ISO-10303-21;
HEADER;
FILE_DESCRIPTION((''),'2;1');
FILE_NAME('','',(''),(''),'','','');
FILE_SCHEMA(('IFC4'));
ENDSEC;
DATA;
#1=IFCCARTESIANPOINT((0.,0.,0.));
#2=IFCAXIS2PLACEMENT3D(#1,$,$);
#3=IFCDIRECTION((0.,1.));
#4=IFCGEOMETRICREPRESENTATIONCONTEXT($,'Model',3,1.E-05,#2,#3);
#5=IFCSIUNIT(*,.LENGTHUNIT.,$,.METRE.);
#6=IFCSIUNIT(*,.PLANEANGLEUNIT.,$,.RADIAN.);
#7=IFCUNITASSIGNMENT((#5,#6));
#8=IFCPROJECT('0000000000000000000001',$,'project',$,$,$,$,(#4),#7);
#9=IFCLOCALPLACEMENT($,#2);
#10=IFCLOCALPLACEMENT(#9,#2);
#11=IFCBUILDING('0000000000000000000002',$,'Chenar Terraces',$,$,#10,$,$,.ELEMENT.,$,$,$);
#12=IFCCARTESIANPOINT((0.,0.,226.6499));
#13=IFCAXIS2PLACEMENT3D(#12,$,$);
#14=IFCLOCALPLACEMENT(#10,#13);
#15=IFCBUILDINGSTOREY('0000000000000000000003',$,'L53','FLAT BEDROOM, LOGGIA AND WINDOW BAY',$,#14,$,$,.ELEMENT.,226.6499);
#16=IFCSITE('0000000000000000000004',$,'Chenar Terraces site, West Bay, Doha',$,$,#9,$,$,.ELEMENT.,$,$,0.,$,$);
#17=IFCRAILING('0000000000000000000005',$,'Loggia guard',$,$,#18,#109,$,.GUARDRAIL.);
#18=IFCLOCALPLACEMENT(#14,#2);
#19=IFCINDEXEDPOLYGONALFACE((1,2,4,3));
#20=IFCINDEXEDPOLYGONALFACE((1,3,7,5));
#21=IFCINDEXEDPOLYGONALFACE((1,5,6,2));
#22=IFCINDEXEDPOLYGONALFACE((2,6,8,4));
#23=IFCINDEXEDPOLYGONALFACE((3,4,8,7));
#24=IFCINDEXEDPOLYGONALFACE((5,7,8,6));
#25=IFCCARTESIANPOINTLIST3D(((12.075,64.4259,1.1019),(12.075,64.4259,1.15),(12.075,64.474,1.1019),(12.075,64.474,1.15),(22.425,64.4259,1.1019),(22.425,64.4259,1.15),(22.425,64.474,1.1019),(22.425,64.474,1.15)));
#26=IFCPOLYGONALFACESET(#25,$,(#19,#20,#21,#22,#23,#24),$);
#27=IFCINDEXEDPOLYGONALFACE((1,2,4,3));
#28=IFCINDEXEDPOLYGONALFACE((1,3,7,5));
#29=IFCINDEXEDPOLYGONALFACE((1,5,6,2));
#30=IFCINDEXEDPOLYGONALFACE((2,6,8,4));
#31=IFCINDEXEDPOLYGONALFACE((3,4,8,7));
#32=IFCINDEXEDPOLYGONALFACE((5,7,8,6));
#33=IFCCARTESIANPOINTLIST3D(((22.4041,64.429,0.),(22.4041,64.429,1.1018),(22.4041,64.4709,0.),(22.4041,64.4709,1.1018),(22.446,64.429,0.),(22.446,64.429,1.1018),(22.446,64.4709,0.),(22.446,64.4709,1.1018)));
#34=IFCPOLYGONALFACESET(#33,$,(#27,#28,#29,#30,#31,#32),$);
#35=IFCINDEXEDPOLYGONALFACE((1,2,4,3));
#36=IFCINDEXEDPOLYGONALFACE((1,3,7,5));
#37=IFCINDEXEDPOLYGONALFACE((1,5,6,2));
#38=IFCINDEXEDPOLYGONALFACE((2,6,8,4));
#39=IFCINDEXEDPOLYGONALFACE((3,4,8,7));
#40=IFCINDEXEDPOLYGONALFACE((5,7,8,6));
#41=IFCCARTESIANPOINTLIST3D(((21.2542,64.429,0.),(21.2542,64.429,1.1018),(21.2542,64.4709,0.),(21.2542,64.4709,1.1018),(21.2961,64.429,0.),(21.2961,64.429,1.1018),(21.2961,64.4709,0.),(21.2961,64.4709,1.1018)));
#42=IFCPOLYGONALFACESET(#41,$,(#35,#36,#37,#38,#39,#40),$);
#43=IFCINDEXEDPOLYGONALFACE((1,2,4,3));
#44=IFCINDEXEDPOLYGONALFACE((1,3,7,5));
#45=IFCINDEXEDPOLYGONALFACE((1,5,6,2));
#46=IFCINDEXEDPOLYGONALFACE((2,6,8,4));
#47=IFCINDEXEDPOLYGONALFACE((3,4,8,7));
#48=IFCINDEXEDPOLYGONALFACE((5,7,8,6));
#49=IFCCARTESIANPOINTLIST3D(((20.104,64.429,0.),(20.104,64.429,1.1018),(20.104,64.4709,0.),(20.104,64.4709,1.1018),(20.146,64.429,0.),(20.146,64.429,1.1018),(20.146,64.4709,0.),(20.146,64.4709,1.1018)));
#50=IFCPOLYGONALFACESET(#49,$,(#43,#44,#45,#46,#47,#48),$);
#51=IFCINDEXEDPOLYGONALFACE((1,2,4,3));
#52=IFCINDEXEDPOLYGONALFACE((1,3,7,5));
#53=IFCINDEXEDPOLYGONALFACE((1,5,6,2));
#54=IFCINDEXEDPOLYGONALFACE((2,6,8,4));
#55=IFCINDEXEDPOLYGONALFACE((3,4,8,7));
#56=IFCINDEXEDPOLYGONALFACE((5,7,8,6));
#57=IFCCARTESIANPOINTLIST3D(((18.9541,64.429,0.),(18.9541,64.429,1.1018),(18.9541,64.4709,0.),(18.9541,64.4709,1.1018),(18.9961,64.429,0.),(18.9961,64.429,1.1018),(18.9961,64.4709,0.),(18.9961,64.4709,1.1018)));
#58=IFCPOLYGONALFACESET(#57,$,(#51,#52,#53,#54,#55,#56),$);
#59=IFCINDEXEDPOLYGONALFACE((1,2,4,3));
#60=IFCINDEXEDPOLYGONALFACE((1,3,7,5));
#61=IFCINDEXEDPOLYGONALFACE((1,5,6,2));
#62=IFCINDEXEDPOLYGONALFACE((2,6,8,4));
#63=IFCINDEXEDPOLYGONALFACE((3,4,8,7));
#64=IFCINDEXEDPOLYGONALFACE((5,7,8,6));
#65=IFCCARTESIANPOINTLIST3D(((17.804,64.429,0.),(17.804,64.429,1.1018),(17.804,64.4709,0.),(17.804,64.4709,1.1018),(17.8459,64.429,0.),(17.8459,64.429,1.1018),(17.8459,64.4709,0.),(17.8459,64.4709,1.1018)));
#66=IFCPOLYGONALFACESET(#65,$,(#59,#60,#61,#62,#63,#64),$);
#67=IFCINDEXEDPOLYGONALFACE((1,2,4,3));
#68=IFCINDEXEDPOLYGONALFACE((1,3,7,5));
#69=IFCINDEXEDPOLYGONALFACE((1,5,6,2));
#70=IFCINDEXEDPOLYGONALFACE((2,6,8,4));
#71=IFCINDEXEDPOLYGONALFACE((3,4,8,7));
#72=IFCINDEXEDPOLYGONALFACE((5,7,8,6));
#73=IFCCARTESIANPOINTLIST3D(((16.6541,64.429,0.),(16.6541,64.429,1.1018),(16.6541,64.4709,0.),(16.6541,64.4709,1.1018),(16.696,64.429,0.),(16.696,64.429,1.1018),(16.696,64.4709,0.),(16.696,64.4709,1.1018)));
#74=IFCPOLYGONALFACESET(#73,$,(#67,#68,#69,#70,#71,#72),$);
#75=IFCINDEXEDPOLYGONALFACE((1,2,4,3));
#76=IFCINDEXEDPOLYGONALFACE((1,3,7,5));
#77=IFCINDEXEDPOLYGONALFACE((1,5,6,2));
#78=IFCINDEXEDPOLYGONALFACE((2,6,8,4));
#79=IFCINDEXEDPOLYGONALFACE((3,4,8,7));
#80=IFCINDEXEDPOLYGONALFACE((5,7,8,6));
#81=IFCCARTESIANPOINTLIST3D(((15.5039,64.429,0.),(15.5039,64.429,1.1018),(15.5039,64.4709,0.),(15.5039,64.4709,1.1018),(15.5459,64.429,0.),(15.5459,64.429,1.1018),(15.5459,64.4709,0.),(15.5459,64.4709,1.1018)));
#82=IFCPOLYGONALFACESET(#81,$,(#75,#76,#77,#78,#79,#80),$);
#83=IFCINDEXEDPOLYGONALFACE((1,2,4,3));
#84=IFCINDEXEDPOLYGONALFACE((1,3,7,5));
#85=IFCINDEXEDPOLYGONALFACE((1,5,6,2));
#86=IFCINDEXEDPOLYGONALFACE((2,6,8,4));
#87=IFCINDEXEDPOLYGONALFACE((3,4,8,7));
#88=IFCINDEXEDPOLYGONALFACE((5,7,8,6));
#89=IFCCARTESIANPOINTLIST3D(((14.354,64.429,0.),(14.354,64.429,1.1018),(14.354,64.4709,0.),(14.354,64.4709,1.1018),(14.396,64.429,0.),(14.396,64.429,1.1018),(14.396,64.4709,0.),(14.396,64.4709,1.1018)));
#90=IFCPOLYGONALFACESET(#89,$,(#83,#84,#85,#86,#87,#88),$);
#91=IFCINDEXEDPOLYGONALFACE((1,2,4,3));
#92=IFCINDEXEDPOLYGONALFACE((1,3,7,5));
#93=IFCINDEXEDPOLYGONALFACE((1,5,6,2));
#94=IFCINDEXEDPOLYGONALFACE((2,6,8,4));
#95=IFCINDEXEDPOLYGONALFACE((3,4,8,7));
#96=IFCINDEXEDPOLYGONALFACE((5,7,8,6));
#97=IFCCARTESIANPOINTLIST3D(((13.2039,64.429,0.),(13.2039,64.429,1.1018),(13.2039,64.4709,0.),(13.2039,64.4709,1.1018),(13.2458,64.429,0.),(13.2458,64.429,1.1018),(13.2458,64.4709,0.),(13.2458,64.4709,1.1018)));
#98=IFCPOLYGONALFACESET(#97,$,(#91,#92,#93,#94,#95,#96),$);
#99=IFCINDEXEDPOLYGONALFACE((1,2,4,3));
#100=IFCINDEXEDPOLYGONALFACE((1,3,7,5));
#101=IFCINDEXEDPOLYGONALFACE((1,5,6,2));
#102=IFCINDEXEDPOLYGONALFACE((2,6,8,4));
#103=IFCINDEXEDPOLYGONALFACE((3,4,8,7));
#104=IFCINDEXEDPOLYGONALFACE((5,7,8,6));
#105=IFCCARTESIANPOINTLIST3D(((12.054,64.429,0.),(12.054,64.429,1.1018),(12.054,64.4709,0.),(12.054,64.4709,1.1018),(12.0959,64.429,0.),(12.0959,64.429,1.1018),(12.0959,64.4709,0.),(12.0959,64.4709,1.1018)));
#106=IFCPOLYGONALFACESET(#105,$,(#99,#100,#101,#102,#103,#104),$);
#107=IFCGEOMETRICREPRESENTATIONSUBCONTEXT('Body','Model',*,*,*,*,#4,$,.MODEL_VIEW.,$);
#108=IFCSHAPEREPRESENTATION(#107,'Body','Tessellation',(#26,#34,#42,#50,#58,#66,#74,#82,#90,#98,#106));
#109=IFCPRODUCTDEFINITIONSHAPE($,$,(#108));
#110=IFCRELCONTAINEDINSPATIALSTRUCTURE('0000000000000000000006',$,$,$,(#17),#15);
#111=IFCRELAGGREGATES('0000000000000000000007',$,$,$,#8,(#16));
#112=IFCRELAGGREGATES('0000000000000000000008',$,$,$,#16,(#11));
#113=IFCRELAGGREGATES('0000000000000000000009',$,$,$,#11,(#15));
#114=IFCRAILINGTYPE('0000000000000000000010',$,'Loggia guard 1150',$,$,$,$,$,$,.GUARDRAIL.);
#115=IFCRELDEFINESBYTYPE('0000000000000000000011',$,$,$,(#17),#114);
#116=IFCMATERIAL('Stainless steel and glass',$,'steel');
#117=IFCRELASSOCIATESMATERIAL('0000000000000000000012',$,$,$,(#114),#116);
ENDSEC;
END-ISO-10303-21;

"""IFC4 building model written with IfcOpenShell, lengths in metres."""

from ifc_helpers import new_model, si_unit, direction, frame, origin, origin_2d, place, context, subcontext, project, spatial, rectangle, extrude, material, type_object, element, save


model = new_model("IFC4")

# Units and contexts
model_context = context("Model", 3, precision=1e-05, world=origin(), true_north=direction((0.0, 1.0)))
body_context = subcontext(model_context, "Body", "Model", "MODEL_VIEW")
ifc_project = project(units=[si_unit("LENGTHUNIT", "METRE"), si_unit("PLANEANGLEUNIT", "RADIAN")], contexts=[model_context])

# Site, building, storey
site_placement = place(None, origin())
site = spatial("IfcSite", under=ifc_project, at=site_placement, Name="Chenar Terraces site, West Bay, Doha", CompositionType="ELEMENT", RefElevation=0.0)
building_placement = place(site_placement, origin())
building = spatial("IfcBuilding", under=site, at=building_placement, Name="Chenar Terraces", CompositionType="ELEMENT")
storey_placement = place(building_placement, frame((0.0, 0.0, 226.6499)))
storey = spatial("IfcBuildingStorey", under=building, at=storey_placement, Name="L53", Description="FLAT BEDROOM, LOGGIA AND WINDOW BAY", CompositionType="ELEMENT", Elevation=226.6499)

# Railing
ifc_material_1 = material(Name="Stainless steel and glass", Category="steel")
railing_type_1 = type_object("IfcRailingType", Name="Loggia guard 1150", PredefinedType="GUARDRAIL", material=ifc_material_1)
railing_1_placement = place(storey_placement, frame((22.425, 64.45, 0.0)))
element("IfcRailing", 1, at=railing_1_placement, inside=storey, type_object=railing_type_1, Name="Loggia guard", PredefinedType="GUARDRAIL", context=body_context, shape_type="SweptSolid", body=[
    extrude(rectangle(XDim=0.0481, YDim=0.0481, at=origin_2d()), frame((0.0, 0.0, 1.126), z_axis=(-1.0, 0.0, 0.0), x_axis=(0.0, -1.0, 0.0)), (0.0, 0.0, 1.0), 10.3501),
    extrude(rectangle(XDim=0.042, YDim=0.042, at=origin_2d()), origin(), (0.0, 0.0, 1.0), 1.1018),
    extrude(rectangle(XDim=0.042, YDim=0.042, at=origin_2d()), frame((-1.1499, 0.0, 0.0)), (0.0, 0.0, 1.0), 1.1018),
    extrude(rectangle(XDim=0.042, YDim=0.042, at=origin_2d()), frame((-2.3, 0.0, 0.0)), (0.0, 0.0, 1.0), 1.1018),
    extrude(rectangle(XDim=0.042, YDim=0.042, at=origin_2d()), frame((-3.45, 0.0, 0.0)), (0.0, 0.0, 1.0), 1.1018),
    extrude(rectangle(XDim=0.042, YDim=0.042, at=origin_2d()), frame((-4.6001, 0.0, 0.0)), (0.0, 0.0, 1.0), 1.1018),
    extrude(rectangle(XDim=0.042, YDim=0.042, at=origin_2d()), frame((-5.75, 0.0, 0.0)), (0.0, 0.0, 1.0), 1.1018),
    extrude(rectangle(XDim=0.042, YDim=0.042, at=origin_2d()), frame((-6.9001, 0.0, 0.0)), (0.0, 0.0, 1.0), 1.1018),
    extrude(rectangle(XDim=0.042, YDim=0.042, at=origin_2d()), frame((-8.05, 0.0, 0.0)), (0.0, 0.0, 1.0), 1.1018),
    extrude(rectangle(XDim=0.042, YDim=0.042, at=origin_2d()), frame((-9.2002, 0.0, 0.0)), (0.0, 0.0, 1.0), 1.1018),
    extrude(rectangle(XDim=0.042, YDim=0.042, at=origin_2d()), frame((-10.3501, 0.0, 0.0)), (0.0, 0.0, 1.0), 1.1018),
])

save(model, "model.ifc")
